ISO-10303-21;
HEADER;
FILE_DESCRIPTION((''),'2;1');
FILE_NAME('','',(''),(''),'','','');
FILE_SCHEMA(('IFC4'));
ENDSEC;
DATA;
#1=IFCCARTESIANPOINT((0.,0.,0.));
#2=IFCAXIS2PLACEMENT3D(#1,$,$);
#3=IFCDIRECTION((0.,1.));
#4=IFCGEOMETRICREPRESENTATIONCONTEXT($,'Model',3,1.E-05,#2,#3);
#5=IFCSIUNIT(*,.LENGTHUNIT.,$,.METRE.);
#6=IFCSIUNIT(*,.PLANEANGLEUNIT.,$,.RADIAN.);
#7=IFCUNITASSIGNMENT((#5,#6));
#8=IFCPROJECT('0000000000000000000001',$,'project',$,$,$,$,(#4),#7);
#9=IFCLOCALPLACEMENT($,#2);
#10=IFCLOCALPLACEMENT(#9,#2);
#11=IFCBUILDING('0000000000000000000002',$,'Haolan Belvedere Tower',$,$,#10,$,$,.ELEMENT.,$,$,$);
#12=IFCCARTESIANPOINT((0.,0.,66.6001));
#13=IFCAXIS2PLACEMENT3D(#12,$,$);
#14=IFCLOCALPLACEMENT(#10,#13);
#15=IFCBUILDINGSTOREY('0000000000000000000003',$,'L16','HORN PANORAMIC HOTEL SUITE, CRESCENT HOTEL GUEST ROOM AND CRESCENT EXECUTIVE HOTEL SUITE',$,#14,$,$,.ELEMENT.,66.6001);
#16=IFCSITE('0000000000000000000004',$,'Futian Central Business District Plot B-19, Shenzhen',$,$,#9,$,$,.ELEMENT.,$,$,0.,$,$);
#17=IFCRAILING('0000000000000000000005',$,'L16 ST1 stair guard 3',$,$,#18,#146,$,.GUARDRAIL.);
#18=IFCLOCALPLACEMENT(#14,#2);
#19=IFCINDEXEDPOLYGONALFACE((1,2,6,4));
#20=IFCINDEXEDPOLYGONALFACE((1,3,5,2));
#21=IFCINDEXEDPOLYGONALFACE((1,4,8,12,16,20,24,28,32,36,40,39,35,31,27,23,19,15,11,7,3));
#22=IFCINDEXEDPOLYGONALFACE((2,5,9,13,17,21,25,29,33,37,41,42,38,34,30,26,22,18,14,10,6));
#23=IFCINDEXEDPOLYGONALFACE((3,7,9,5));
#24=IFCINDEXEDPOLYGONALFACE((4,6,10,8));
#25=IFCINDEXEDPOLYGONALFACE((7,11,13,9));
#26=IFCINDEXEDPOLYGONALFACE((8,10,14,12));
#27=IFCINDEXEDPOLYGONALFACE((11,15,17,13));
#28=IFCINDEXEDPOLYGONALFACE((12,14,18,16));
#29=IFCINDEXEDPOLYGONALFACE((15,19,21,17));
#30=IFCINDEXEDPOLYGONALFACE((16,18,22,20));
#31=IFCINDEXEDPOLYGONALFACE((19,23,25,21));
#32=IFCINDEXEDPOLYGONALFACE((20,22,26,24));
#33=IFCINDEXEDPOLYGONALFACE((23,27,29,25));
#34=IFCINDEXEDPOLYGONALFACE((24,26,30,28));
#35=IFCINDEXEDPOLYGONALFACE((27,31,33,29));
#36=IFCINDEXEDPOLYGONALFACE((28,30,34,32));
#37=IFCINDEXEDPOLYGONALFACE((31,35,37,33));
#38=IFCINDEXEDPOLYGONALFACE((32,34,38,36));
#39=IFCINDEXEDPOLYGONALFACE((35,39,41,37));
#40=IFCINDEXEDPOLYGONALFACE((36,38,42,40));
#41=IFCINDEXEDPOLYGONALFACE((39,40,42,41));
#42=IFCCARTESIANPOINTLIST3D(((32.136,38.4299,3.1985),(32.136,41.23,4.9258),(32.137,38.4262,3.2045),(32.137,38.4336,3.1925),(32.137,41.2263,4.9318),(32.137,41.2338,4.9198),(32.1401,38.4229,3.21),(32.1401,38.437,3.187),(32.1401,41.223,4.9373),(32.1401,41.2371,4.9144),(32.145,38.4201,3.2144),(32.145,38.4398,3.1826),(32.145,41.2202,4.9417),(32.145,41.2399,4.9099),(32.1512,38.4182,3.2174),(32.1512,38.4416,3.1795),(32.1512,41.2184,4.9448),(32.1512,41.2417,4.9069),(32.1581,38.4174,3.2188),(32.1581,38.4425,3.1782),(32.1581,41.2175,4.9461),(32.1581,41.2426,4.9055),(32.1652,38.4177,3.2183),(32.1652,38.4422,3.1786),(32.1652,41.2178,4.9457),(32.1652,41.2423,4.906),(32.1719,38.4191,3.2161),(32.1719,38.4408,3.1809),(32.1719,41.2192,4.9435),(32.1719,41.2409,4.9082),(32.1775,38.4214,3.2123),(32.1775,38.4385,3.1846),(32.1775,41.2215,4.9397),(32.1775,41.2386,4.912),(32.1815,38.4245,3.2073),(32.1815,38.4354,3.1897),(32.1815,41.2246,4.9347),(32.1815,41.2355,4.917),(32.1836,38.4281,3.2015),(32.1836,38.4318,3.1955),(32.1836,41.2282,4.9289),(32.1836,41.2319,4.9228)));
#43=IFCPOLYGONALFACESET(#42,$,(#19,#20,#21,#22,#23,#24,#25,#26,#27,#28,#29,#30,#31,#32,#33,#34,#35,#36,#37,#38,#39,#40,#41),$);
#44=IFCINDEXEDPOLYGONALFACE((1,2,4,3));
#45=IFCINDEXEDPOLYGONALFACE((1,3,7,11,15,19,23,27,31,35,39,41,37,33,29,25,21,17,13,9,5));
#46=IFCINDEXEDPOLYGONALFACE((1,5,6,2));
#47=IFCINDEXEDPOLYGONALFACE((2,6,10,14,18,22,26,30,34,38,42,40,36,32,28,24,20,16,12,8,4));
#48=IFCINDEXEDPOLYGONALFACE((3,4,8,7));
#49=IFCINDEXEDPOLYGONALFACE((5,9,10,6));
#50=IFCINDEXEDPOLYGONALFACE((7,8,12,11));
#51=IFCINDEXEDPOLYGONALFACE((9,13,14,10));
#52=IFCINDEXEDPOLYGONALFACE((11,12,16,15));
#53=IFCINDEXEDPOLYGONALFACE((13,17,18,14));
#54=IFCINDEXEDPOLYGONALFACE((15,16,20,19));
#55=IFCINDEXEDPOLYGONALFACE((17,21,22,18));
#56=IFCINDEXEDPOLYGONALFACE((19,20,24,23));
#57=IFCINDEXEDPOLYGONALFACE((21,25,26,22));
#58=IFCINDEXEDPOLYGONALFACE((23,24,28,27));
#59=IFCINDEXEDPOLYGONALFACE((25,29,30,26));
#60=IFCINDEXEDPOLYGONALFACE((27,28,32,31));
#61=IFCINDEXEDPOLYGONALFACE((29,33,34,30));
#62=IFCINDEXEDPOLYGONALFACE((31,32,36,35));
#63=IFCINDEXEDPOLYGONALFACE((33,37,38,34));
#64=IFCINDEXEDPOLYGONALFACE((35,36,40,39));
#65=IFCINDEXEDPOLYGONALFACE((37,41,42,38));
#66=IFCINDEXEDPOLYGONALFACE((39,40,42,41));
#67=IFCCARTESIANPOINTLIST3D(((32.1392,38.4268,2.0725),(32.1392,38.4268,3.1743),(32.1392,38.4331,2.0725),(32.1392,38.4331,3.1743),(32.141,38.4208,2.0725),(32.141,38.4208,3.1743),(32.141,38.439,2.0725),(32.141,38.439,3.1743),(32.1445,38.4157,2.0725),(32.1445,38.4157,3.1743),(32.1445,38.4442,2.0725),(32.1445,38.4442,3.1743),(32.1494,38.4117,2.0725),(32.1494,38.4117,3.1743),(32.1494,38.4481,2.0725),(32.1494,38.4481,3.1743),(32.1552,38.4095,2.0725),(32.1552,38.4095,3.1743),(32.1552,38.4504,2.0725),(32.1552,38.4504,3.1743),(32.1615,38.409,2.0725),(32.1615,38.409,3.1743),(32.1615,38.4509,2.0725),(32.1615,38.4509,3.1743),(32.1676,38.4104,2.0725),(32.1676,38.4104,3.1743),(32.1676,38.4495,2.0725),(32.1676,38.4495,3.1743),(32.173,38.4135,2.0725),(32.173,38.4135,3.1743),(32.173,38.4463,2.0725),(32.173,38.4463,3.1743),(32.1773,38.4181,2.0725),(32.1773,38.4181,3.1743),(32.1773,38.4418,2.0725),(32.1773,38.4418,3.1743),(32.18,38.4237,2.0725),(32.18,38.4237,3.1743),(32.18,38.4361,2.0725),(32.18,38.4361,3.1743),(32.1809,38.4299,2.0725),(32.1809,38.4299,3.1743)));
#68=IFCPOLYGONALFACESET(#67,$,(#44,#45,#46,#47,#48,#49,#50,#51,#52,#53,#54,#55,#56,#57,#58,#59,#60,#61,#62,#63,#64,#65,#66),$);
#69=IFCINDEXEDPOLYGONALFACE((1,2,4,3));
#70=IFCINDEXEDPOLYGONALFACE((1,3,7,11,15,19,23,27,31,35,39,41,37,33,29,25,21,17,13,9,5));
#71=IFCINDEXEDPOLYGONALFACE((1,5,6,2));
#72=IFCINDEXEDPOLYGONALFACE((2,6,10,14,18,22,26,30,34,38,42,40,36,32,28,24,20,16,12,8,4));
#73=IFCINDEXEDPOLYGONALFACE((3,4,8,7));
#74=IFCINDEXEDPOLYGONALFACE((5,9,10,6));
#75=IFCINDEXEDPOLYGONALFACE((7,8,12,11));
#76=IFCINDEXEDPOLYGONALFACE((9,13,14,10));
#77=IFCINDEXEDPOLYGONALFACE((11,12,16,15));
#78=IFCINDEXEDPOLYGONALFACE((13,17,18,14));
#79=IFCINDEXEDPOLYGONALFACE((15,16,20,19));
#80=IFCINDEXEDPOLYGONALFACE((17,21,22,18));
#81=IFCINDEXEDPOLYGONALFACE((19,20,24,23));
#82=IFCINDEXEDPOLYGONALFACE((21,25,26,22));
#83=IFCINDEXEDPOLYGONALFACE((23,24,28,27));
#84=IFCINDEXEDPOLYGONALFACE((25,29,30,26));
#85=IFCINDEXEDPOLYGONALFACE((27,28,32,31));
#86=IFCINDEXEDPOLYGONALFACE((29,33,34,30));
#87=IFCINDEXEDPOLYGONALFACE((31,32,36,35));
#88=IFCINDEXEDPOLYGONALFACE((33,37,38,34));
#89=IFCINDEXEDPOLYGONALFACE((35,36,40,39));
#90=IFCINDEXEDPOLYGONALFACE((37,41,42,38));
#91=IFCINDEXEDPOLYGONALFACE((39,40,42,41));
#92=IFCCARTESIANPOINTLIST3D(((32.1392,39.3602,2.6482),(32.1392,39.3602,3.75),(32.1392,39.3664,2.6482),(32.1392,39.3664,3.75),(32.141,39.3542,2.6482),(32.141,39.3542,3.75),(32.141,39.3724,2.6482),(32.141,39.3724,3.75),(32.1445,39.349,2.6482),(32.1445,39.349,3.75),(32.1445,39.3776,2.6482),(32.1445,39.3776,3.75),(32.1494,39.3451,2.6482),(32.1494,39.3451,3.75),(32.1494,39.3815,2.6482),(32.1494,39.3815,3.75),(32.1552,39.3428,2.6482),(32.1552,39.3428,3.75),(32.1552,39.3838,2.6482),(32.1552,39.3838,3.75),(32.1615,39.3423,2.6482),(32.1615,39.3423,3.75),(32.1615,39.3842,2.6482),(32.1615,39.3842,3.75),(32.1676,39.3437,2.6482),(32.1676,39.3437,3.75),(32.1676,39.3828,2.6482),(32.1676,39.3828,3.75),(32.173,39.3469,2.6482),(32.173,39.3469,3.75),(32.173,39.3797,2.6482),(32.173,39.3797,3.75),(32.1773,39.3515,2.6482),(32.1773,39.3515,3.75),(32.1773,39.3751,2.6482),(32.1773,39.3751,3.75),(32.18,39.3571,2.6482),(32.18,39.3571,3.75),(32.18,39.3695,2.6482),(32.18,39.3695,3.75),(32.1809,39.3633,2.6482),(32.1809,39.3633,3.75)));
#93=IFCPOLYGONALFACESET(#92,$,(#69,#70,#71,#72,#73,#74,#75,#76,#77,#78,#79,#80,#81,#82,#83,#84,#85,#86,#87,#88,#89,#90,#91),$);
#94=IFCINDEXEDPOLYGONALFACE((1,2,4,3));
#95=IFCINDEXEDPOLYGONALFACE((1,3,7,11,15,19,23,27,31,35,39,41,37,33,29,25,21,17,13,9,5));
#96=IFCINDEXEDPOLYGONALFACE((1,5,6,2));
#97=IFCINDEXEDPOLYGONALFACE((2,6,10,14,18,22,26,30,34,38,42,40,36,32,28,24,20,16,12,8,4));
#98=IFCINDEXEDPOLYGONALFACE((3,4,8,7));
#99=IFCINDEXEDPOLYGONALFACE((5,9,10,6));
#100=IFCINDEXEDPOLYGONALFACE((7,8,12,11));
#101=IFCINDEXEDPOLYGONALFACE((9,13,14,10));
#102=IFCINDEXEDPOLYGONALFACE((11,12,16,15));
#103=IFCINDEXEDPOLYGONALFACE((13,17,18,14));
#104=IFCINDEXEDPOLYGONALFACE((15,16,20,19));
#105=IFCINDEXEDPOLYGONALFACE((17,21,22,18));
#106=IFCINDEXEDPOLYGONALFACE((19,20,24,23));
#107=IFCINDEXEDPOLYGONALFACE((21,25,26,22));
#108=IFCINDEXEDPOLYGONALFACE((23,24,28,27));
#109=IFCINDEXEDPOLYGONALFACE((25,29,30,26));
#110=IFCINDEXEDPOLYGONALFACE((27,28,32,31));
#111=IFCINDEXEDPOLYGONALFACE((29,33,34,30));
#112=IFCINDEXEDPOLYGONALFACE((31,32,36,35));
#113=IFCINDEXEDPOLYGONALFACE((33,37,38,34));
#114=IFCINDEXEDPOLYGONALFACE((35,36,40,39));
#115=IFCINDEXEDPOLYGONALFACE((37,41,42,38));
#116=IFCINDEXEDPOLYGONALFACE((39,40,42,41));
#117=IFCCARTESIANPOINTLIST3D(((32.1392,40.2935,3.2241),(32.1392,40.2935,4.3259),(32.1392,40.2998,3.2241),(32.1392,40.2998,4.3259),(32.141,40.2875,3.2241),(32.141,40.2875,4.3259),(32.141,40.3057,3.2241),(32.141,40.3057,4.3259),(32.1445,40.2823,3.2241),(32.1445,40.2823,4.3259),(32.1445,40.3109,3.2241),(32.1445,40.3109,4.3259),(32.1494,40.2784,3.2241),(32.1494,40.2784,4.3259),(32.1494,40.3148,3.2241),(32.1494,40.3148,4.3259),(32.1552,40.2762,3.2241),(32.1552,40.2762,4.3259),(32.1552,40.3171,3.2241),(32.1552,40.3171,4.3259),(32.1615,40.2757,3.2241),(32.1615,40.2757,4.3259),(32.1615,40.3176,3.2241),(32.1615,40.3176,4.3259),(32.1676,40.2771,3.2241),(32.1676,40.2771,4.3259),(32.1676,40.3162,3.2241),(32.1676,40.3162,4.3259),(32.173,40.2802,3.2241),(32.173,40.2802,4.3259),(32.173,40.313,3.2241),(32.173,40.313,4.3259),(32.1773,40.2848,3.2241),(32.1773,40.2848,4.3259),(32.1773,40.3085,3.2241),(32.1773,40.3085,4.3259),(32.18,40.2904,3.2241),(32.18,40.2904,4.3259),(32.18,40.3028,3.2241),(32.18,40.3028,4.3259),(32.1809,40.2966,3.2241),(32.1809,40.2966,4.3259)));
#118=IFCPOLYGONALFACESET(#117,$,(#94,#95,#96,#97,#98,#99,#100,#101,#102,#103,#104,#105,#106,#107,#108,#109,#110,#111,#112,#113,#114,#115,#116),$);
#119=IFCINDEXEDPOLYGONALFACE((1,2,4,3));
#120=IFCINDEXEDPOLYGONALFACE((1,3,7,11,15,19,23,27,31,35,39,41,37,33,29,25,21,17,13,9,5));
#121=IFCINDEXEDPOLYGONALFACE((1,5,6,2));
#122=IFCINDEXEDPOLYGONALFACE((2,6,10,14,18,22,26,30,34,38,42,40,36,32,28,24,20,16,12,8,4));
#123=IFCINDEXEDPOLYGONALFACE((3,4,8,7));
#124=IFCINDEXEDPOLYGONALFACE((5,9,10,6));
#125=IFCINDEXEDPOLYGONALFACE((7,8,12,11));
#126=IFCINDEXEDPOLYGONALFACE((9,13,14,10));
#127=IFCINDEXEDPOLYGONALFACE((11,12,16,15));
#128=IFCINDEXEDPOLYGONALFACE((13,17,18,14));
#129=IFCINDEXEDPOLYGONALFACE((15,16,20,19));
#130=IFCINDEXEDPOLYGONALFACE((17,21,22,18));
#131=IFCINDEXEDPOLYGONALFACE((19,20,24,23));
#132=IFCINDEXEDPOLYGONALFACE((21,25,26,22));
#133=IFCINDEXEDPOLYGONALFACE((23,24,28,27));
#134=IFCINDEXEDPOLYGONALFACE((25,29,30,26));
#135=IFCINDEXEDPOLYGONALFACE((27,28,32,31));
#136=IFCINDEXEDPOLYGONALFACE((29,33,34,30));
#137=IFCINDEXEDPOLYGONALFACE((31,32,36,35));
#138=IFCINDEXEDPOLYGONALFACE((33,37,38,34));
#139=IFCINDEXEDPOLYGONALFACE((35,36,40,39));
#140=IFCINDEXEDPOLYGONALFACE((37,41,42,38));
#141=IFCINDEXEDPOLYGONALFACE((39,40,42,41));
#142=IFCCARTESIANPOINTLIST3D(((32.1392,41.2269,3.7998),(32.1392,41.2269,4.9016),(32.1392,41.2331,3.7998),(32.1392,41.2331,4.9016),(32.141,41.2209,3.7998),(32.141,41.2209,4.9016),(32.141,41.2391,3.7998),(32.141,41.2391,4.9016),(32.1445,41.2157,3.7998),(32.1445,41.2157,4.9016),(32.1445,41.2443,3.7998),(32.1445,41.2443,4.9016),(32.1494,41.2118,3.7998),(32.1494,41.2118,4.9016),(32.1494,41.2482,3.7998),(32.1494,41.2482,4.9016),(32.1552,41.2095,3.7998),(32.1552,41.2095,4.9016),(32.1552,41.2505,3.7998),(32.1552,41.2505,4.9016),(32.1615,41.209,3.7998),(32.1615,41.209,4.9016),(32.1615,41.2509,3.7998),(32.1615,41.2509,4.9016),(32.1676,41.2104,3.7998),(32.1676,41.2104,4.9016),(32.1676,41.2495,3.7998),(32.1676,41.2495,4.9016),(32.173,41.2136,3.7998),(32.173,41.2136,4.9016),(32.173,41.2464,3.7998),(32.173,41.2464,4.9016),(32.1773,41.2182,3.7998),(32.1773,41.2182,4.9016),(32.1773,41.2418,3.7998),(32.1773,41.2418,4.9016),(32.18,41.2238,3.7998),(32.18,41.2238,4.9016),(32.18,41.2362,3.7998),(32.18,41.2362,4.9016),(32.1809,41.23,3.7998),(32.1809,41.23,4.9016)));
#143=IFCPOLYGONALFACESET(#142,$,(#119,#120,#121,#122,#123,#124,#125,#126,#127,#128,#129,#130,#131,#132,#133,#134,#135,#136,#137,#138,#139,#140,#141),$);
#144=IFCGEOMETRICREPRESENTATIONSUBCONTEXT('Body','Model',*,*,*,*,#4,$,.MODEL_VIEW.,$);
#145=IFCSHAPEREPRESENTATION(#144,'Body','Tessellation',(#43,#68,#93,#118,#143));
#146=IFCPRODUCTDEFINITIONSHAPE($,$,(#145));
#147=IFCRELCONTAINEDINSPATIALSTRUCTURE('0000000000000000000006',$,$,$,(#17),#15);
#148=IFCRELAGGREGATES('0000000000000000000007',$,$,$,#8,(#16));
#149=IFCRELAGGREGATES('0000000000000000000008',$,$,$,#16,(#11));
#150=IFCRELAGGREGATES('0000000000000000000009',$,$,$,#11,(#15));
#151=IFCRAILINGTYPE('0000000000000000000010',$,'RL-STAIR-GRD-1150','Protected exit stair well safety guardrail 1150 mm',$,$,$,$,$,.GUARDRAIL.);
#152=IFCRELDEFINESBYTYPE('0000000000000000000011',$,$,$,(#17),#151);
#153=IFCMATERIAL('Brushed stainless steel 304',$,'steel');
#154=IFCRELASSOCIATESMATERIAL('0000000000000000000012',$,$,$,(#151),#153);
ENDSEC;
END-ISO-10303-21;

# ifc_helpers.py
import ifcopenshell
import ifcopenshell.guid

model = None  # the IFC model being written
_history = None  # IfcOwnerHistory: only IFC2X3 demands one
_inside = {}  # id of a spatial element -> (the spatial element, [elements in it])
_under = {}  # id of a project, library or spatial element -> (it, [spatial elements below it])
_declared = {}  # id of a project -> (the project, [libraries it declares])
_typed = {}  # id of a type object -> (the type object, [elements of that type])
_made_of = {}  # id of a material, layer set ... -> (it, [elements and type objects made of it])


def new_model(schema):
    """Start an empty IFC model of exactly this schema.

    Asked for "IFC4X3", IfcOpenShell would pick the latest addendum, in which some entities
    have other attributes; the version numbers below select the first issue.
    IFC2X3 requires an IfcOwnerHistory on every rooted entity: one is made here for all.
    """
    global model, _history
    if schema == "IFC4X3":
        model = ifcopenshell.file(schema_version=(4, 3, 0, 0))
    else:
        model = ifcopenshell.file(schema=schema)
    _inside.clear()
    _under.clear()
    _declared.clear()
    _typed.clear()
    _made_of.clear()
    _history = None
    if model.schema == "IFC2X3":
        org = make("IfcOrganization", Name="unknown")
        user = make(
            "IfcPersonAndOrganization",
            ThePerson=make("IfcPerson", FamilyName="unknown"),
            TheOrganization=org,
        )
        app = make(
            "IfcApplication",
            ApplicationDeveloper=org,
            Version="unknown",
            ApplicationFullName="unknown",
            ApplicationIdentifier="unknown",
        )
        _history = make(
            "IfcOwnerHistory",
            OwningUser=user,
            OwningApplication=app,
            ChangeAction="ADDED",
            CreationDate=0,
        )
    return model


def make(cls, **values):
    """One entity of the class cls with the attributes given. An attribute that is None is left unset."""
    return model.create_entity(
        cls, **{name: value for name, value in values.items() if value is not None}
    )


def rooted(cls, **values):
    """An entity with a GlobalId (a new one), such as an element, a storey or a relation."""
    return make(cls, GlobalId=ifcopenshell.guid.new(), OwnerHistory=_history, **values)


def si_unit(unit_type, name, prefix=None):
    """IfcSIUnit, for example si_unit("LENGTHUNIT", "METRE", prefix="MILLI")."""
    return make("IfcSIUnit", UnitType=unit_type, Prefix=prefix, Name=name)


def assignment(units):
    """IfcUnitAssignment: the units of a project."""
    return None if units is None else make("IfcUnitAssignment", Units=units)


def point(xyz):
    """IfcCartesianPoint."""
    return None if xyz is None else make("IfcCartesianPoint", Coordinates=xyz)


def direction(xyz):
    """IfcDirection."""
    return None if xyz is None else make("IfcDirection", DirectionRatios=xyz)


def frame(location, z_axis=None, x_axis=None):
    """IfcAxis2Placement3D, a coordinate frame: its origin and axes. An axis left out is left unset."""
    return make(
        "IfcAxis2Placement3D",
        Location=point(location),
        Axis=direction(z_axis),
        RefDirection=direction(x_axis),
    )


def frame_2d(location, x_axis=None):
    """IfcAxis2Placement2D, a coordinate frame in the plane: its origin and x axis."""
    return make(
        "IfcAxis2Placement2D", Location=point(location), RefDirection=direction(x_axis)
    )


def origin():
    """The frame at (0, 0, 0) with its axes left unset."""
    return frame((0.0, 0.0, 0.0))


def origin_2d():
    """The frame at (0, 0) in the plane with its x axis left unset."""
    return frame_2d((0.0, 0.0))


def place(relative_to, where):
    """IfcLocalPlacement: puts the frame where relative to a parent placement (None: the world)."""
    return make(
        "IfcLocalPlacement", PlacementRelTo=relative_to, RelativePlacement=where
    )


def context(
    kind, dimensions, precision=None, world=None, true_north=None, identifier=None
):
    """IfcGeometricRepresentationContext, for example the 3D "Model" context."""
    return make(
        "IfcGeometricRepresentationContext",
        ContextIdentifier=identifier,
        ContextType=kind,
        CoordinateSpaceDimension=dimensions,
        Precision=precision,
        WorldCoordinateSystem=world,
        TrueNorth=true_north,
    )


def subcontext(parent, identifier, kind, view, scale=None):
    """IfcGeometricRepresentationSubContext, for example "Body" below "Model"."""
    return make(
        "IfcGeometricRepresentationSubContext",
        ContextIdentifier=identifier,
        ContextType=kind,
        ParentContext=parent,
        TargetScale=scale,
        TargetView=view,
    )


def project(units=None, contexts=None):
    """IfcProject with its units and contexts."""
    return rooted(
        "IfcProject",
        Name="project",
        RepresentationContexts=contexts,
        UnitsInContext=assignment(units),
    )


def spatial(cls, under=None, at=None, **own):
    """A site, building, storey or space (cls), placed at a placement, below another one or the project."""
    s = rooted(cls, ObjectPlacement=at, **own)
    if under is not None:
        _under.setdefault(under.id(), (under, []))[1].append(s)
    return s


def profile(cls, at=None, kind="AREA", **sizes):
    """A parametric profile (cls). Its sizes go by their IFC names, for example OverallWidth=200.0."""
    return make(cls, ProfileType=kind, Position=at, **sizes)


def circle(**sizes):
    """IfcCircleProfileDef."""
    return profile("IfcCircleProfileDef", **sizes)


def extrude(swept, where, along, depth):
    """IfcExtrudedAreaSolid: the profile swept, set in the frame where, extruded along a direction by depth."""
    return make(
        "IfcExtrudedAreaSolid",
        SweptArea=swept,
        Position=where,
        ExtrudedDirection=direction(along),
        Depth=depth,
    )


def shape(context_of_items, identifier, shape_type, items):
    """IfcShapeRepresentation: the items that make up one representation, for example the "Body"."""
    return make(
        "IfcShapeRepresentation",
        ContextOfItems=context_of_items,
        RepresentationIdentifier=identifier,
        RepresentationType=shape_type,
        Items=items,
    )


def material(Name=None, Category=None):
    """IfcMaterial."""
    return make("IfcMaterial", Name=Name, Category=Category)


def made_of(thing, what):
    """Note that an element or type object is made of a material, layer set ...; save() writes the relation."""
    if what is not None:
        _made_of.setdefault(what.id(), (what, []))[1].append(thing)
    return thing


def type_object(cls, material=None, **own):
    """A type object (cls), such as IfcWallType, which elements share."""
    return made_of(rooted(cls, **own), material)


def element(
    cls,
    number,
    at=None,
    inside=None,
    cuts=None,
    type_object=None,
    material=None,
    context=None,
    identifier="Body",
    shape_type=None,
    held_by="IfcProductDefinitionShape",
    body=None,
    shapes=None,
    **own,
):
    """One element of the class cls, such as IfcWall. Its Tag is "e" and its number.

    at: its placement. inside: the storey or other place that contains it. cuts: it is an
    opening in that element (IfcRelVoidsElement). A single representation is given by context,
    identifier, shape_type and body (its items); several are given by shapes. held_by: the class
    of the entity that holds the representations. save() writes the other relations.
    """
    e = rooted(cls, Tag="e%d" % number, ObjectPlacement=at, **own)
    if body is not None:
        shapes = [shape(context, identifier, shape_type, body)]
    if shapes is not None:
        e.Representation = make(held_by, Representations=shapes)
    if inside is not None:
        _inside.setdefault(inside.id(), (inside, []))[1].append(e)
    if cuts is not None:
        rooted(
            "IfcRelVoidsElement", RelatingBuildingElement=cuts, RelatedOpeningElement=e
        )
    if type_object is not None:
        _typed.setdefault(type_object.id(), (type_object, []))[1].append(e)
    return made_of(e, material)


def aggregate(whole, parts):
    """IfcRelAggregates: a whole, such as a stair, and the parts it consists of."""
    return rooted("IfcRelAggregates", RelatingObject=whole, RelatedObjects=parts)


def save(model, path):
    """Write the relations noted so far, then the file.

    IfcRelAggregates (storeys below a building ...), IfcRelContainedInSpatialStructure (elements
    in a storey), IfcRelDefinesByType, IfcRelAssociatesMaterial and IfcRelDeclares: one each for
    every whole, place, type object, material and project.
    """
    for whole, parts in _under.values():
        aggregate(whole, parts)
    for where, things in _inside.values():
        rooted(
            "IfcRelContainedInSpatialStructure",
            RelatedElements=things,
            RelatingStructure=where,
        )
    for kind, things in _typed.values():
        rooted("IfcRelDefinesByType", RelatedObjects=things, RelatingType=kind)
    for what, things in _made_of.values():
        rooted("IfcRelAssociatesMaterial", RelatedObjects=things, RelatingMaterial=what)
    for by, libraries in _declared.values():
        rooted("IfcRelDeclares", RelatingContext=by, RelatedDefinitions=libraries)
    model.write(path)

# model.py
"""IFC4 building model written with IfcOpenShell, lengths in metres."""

from ifc_helpers import new_model, si_unit, direction, frame, origin, origin_2d, place, context, subcontext, project, spatial, circle, extrude, material, type_object, element, save


model = new_model("IFC4")

# Units and contexts
model_context = context("Model", 3, precision=1e-05, world=origin(), true_north=direction((0.0, 1.0)))
body_context = subcontext(model_context, "Body", "Model", "MODEL_VIEW")
ifc_project = project(units=[si_unit("LENGTHUNIT", "METRE"), si_unit("PLANEANGLEUNIT", "RADIAN")], contexts=[model_context])

# Site, building, storey
site_placement = place(None, origin())
site = spatial("IfcSite", under=ifc_project, at=site_placement, Name="Futian Central Business District Plot B-19, Shenzhen", CompositionType="ELEMENT", RefElevation=0.0)
building_placement = place(site_placement, origin())
building = spatial("IfcBuilding", under=site, at=building_placement, Name="Haolan Belvedere Tower", CompositionType="ELEMENT")
storey_placement = place(building_placement, frame((0.0, 0.0, 66.6001)))
storey = spatial("IfcBuildingStorey", under=building, at=storey_placement, Name="L16", Description="HORN PANORAMIC HOTEL SUITE, CRESCENT HOTEL GUEST ROOM AND CRESCENT EXECUTIVE HOTEL SUITE", CompositionType="ELEMENT", Elevation=66.6001)

# Railing
ifc_material_1 = material(Name="Brushed stainless steel 304", Category="steel")
railing_type = type_object("IfcRailingType", Name="RL-STAIR-GRD-1150", Description="Protected exit stair well safety guardrail 1150 mm", PredefinedType="GUARDRAIL", material=ifc_material_1)
railing_1_placement = place(storey_placement, frame((32.1599, 38.4299, 2.0725)))
element("IfcRailing", 1, at=railing_1_placement, inside=storey, type_object=railing_type, Name="L16 ST1 stair guard 3", PredefinedType="GUARDRAIL", context=body_context, shape_type="SweptSolid", body=[
    extrude(circle(Radius=0.0239, at=origin_2d()), frame((0.0, 0.0, 1.126), z_axis=(0.0, 0.85109, 0.52502), x_axis=(-1.0, 0.0, 0.0)), (0.0, 0.0, 1.0), 3.29),
    extrude(circle(Radius=0.021, at=origin_2d()), origin(), (0.0, 0.0, 1.0), 1.1018),
    extrude(circle(Radius=0.021, at=origin_2d()), frame((0.0, 0.9333, 0.5757)), (0.0, 0.0, 1.0), 1.1018),
    extrude(circle(Radius=0.021, at=origin_2d()), frame((0.0, 1.8667, 1.1516)), (0.0, 0.0, 1.0), 1.1018),
    extrude(circle(Radius=0.021, at=origin_2d()), frame((0.0, 2.8, 1.7273)), (0.0, 0.0, 1.0), 1.1018),
])

save(model, "model.ifc")
